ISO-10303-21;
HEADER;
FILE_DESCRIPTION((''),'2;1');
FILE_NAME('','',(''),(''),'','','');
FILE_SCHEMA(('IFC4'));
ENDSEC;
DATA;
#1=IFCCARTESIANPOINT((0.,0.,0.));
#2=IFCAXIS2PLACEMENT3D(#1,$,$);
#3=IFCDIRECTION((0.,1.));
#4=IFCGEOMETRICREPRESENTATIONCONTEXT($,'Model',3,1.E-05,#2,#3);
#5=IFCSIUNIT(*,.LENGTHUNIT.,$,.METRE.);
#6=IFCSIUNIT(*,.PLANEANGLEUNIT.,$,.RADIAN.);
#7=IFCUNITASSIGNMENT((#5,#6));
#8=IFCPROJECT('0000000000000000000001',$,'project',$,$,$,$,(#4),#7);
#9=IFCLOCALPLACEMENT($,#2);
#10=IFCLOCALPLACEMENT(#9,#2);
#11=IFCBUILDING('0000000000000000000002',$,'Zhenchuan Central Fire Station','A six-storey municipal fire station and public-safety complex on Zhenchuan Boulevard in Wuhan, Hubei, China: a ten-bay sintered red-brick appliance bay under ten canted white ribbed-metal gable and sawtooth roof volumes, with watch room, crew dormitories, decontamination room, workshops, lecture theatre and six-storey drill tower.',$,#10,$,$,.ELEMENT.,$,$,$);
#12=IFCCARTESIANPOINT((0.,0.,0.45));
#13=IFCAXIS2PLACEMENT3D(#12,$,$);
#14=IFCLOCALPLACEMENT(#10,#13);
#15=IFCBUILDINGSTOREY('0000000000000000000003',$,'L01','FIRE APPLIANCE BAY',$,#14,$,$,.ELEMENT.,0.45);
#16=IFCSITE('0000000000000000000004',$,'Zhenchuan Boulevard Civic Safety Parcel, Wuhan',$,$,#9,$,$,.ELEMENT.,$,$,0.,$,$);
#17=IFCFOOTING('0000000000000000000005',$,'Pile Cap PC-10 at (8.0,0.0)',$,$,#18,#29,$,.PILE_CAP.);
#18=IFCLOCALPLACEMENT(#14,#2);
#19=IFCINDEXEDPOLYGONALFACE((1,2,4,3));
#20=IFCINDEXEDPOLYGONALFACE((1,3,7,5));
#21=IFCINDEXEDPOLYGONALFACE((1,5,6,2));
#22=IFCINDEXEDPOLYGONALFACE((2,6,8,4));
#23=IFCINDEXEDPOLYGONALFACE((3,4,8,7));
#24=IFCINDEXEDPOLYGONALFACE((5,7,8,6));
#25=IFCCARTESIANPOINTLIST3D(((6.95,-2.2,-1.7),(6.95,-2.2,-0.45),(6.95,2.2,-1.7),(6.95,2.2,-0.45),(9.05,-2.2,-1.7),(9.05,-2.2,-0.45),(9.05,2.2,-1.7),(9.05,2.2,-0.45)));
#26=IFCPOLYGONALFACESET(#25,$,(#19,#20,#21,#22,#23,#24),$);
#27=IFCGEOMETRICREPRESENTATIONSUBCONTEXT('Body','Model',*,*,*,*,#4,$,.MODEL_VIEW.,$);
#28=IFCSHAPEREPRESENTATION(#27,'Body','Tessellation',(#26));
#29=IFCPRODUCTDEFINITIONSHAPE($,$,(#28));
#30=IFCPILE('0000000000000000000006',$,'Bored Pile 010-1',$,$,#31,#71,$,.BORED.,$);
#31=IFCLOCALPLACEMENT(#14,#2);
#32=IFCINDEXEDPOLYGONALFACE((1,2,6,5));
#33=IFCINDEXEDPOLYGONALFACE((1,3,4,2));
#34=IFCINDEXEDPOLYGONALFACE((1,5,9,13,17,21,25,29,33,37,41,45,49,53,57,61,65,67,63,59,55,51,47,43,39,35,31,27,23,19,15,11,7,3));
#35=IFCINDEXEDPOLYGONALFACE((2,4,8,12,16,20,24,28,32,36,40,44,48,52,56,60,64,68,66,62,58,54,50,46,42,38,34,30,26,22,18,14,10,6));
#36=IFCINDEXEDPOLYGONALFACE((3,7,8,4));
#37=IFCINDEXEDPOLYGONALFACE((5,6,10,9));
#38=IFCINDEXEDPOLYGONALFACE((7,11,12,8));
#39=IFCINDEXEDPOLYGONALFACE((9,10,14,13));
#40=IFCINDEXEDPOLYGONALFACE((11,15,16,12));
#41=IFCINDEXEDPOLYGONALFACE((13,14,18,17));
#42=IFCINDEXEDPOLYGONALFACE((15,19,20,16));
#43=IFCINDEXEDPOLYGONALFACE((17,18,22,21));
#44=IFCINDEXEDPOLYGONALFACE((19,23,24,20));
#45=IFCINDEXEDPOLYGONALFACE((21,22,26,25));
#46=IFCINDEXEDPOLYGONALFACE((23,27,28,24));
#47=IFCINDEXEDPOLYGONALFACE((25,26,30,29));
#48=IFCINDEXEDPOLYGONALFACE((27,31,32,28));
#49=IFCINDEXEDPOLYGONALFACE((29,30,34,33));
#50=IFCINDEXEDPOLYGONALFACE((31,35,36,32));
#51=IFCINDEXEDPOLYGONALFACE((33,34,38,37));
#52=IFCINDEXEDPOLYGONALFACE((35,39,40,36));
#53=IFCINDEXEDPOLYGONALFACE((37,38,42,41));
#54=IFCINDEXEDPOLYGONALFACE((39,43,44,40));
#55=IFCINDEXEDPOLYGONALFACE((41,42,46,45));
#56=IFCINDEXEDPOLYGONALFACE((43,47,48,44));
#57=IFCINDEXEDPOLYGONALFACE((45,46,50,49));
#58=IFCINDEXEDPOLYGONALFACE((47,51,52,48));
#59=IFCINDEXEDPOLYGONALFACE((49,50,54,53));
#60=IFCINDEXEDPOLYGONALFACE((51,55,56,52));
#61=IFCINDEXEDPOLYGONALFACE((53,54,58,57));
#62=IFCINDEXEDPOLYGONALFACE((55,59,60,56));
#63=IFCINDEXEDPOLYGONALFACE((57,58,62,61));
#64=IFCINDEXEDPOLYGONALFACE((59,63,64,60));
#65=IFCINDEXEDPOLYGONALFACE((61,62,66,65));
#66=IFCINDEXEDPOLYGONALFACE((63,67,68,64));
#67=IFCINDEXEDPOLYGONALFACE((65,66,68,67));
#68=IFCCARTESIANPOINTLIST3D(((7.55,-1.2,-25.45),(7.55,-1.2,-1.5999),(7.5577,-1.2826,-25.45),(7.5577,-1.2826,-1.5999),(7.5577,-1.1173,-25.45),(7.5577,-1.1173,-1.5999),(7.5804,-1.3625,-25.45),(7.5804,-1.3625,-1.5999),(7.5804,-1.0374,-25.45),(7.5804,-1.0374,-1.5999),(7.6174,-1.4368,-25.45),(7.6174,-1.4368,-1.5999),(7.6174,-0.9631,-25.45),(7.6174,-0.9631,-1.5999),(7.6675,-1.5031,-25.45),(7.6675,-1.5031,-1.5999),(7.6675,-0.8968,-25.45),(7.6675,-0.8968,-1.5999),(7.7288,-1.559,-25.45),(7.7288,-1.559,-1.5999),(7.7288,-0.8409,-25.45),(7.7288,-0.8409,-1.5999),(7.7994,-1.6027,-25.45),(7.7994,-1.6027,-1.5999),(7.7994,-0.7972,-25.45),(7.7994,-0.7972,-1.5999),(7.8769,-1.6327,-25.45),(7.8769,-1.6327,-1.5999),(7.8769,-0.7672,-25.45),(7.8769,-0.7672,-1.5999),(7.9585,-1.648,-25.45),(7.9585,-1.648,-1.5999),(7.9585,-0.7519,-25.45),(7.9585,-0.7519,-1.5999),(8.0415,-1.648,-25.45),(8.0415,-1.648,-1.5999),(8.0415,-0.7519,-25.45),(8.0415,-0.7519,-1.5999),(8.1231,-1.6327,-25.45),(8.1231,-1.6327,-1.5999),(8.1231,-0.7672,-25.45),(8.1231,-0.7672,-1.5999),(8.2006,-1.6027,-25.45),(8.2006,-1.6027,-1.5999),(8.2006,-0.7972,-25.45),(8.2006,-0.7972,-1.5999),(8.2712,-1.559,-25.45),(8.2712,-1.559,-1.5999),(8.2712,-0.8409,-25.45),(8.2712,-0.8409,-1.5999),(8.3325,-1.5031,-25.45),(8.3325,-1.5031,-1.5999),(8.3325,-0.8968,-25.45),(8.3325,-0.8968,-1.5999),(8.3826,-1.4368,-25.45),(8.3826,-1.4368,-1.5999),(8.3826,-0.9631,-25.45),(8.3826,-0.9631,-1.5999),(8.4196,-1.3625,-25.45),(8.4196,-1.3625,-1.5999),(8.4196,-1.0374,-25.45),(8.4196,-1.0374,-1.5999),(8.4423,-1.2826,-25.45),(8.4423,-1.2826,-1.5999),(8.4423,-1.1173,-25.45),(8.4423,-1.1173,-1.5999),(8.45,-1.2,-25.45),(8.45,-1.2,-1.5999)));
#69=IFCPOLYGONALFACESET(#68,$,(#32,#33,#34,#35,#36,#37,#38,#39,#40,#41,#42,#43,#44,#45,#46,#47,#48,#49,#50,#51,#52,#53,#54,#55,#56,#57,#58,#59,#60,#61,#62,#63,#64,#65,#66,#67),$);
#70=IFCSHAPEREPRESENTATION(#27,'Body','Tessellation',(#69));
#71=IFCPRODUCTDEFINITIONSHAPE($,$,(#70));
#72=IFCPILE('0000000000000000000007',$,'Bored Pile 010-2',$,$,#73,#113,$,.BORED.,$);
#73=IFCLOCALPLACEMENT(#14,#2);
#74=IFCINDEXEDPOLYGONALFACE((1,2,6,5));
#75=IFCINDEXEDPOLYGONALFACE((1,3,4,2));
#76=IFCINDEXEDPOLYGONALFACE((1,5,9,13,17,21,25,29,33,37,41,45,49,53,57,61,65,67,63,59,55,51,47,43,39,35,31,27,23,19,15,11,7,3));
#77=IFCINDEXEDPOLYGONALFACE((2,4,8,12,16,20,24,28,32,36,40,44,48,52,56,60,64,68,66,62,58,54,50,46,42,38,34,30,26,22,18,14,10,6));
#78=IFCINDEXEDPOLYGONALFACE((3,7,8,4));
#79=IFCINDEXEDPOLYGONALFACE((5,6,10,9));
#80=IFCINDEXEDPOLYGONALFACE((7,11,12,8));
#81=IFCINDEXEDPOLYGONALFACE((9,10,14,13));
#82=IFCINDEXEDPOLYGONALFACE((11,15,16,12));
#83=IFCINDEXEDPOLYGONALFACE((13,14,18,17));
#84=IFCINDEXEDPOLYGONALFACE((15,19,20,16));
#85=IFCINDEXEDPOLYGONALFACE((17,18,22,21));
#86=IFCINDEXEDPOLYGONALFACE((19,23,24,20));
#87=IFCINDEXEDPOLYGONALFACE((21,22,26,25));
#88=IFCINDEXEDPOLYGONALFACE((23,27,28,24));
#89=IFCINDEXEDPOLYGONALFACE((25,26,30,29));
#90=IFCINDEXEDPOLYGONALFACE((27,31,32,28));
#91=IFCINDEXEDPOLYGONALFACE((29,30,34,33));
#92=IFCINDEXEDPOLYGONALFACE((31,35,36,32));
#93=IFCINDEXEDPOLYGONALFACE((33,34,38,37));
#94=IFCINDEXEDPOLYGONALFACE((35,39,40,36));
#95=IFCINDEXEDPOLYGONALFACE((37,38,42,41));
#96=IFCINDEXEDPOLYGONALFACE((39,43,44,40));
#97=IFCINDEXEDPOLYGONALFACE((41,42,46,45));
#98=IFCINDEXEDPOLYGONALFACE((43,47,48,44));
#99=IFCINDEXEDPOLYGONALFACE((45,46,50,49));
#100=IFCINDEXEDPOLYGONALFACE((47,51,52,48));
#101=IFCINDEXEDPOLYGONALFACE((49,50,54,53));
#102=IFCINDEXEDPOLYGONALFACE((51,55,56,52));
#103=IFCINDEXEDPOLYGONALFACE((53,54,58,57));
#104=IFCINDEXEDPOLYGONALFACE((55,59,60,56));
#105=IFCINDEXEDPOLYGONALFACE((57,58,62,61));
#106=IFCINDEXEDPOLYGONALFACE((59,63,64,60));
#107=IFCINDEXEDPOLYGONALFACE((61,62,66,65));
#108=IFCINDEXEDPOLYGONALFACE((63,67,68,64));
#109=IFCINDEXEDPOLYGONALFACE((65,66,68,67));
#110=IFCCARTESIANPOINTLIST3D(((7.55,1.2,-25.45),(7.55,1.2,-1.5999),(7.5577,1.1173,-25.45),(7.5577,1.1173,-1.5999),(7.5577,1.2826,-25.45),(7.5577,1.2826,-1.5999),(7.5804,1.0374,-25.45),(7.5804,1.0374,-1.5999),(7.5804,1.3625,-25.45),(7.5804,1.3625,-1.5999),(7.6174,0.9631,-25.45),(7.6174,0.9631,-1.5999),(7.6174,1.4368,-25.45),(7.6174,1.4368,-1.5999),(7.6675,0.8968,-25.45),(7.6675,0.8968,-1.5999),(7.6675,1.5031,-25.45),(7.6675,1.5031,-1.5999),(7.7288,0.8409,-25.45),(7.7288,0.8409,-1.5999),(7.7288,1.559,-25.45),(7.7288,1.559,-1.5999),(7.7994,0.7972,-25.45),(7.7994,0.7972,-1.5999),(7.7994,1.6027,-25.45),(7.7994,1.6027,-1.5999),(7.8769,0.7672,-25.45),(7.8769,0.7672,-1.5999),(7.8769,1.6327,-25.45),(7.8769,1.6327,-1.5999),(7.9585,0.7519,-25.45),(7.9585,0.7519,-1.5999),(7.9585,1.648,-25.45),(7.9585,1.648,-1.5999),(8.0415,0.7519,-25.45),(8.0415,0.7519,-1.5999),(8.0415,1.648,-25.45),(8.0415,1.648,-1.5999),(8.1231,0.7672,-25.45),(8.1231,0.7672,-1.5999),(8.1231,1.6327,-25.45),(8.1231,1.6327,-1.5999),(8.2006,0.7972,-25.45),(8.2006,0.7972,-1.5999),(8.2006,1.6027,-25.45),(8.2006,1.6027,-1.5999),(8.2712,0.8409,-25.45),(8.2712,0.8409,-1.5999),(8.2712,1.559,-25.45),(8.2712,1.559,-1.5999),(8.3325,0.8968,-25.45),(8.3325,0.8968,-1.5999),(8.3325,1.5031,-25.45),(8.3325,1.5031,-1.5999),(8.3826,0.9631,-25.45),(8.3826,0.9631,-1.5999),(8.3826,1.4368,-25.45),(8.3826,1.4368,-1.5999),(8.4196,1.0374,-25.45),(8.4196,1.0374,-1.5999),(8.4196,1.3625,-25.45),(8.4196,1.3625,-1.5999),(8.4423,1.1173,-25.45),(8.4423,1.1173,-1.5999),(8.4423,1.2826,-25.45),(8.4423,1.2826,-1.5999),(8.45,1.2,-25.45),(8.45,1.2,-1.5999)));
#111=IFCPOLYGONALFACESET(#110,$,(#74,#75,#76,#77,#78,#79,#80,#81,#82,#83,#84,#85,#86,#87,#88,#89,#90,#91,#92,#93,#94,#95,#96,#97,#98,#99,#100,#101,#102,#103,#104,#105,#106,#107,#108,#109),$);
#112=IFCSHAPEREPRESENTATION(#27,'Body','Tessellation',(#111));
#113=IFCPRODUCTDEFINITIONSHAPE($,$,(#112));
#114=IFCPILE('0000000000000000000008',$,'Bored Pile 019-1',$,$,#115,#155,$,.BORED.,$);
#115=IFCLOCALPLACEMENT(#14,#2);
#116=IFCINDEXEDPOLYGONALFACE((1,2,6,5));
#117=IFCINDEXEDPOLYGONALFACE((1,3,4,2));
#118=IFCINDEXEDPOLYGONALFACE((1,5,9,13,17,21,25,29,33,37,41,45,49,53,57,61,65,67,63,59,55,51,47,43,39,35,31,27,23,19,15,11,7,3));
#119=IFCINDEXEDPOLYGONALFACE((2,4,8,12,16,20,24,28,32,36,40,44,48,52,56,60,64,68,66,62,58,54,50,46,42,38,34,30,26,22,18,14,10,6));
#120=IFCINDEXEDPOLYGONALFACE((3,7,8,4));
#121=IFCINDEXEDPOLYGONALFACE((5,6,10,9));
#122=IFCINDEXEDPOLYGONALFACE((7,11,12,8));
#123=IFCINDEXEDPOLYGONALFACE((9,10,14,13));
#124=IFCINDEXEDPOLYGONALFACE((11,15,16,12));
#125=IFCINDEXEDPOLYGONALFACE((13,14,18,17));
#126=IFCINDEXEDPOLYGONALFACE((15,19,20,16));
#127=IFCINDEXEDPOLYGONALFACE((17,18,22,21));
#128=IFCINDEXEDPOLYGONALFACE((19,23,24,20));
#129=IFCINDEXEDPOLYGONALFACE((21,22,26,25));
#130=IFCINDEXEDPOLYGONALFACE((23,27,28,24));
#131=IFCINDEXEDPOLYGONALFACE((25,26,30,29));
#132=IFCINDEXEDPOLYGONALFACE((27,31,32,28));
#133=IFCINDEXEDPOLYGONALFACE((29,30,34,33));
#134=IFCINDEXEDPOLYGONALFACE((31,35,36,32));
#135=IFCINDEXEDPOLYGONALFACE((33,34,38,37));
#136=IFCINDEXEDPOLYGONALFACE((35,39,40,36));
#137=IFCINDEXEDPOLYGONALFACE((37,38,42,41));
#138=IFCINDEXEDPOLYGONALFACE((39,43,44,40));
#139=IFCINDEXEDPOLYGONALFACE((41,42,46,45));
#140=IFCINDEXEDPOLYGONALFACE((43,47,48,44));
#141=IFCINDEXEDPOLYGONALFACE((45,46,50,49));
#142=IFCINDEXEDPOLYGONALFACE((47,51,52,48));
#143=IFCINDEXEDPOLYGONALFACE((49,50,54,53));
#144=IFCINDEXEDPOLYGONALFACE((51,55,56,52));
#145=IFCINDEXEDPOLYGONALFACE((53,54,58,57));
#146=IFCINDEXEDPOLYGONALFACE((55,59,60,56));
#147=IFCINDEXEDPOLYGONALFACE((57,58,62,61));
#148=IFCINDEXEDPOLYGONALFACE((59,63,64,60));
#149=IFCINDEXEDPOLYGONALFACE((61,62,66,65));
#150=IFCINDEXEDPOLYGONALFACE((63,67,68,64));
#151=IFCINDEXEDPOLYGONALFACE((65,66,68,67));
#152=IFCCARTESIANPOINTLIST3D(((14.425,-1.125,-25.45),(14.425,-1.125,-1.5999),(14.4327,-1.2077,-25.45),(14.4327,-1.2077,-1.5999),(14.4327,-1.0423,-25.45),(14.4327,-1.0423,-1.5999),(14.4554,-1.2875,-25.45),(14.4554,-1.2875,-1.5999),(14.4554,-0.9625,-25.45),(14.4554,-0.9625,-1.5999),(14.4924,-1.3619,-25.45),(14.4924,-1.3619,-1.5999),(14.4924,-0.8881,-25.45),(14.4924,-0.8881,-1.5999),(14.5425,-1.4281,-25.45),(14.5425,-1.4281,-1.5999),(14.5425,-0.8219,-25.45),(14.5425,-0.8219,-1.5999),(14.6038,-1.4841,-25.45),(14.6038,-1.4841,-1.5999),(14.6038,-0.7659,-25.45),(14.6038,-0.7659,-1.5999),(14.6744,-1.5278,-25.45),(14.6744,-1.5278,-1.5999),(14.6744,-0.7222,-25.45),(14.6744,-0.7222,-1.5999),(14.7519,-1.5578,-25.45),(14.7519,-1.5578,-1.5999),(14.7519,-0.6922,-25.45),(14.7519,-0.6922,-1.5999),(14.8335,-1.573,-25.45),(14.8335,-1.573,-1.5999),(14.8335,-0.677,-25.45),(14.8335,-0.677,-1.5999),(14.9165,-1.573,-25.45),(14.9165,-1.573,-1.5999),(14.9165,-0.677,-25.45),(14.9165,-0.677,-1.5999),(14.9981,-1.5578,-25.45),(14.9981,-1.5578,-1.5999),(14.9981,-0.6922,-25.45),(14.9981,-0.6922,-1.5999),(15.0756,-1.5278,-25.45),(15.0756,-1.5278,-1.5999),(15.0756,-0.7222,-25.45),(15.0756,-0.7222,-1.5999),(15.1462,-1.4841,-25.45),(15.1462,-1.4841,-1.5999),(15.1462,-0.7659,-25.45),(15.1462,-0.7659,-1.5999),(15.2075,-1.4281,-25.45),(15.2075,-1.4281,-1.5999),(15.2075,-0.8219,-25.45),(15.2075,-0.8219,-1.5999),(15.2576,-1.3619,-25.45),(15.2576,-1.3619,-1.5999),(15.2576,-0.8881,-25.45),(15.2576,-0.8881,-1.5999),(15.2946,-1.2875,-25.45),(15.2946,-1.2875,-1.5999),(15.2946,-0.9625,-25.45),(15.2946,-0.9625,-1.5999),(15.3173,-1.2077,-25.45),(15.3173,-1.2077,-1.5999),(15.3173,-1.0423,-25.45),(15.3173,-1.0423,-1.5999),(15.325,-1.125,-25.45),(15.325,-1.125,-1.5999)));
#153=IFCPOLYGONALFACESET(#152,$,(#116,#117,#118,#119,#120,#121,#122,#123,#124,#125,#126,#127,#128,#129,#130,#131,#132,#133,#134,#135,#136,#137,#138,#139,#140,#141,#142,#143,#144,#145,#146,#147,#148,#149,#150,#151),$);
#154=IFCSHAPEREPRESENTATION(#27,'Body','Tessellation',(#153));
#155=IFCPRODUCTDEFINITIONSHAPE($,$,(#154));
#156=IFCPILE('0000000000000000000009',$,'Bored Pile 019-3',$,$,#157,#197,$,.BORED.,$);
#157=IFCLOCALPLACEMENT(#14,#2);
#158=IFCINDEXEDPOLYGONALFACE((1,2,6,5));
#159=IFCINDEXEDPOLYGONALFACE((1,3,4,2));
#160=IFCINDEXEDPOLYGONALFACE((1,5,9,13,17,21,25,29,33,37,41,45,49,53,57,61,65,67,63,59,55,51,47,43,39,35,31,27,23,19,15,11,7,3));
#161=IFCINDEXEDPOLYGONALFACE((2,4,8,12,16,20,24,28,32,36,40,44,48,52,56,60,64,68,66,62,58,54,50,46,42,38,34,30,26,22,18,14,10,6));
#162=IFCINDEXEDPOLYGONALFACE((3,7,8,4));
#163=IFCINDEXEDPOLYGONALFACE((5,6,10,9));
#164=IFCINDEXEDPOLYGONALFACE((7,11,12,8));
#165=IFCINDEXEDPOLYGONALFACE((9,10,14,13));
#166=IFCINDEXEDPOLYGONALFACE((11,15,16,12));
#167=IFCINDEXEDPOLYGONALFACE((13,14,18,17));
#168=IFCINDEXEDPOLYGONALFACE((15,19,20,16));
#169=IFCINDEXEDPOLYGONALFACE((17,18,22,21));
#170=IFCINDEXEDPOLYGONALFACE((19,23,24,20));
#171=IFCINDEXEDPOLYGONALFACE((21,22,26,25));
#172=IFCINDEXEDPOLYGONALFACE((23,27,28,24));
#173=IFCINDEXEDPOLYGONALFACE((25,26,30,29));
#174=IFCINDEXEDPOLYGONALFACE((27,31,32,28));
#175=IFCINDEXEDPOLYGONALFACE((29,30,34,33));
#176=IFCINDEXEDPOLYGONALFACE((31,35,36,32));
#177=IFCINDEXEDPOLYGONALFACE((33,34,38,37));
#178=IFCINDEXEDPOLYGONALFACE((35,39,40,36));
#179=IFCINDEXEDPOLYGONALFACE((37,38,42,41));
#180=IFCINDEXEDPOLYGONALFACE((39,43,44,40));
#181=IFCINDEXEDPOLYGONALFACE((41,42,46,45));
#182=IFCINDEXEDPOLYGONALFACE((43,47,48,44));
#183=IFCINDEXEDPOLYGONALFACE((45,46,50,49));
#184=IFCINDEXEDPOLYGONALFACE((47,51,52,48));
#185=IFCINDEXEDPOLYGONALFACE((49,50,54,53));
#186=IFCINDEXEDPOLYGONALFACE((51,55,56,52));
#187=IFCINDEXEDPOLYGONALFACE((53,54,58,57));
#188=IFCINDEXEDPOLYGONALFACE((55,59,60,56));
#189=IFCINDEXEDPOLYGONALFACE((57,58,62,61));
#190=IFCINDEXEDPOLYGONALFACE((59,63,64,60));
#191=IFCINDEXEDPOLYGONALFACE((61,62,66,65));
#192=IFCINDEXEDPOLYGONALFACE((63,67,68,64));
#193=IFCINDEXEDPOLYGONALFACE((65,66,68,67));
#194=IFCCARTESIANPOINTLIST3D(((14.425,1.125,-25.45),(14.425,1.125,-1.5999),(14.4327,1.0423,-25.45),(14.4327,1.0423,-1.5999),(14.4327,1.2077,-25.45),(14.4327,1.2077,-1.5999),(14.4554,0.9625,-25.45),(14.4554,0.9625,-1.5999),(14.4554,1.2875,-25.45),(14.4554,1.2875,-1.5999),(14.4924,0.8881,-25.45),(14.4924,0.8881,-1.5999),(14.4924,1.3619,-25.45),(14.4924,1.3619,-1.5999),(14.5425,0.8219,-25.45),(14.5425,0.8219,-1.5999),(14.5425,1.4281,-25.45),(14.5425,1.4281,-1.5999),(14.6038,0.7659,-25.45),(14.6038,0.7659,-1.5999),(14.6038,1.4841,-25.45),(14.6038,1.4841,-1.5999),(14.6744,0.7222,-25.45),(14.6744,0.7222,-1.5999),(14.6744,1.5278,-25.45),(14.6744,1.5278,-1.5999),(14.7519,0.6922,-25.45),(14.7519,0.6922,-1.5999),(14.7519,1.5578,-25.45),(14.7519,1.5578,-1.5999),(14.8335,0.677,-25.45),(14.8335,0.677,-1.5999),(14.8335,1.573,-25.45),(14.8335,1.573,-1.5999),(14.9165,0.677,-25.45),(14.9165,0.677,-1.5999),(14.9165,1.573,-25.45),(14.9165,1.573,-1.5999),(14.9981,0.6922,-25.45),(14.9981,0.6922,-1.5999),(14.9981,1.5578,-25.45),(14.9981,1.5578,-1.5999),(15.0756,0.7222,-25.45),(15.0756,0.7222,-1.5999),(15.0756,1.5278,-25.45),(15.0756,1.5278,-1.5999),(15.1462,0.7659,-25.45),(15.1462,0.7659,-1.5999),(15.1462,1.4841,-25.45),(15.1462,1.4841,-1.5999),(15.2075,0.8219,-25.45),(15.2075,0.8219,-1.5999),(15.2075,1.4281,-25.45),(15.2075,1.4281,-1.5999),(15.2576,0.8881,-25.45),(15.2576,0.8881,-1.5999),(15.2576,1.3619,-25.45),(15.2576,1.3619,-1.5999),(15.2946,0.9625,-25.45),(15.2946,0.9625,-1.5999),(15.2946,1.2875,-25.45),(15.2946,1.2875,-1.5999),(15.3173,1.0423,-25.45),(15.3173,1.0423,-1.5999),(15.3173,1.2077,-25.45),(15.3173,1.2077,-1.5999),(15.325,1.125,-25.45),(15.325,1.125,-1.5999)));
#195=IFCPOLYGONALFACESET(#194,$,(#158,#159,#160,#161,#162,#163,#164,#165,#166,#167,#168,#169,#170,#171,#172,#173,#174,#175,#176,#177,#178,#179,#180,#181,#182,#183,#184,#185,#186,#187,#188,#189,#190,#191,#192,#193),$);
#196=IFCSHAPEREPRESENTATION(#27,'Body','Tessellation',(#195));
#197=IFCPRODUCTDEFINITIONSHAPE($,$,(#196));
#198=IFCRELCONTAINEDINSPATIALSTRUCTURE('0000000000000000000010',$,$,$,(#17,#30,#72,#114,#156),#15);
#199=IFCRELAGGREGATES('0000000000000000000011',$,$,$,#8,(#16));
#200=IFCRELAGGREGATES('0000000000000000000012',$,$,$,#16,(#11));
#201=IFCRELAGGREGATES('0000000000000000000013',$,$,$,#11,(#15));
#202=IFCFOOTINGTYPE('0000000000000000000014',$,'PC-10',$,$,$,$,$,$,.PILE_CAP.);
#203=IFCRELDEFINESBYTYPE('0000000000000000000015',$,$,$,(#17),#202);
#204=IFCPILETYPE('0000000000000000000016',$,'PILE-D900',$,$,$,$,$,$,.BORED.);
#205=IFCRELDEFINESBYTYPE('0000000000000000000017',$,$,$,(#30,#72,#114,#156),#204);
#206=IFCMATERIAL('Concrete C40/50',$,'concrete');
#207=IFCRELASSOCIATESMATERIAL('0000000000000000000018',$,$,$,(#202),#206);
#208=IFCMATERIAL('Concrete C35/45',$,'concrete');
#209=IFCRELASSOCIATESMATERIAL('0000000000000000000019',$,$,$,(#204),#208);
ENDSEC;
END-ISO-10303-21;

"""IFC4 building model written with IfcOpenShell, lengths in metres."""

from ifc_helpers import new_model, si_unit, direction, frame, origin, origin_2d, place, context, subcontext, project, spatial, rectangle, circle, extrude, material, material_profile, profile_set, type_object, element, save


model = new_model("IFC4")

# Units and contexts
model_context = context("Model", 3, precision=1e-05, world=origin(), true_north=direction((0.0, 1.0)))
body_context = subcontext(model_context, "Body", "Model", "MODEL_VIEW")
ifc_project = project(units=[si_unit("LENGTHUNIT", "METRE"), si_unit("PLANEANGLEUNIT", "RADIAN")], contexts=[model_context])

# Site, building, storey
site_placement = place(None, origin())
site = spatial("IfcSite", under=ifc_project, at=site_placement, Name="Zhenchuan Boulevard Civic Safety Parcel, Wuhan", CompositionType="ELEMENT", RefElevation=0.0)
building_placement = place(site_placement, origin())
building = spatial("IfcBuilding", under=site, at=building_placement, Name="Zhenchuan Central Fire Station", Description="A six-storey municipal fire station and public-safety complex on Zhenchuan Boulevard in Wuhan, Hubei, China: a ten-bay sintered red-brick appliance bay under ten canted white ribbed-metal gable and sawtooth roof volumes, with watch room, crew dormitories, decontamination room, workshops, lecture theatre and six-storey drill tower.", CompositionType="ELEMENT")
storey_placement = place(building_placement, frame((0.0, 0.0, 0.45)))
storey = spatial("IfcBuildingStorey", under=building, at=storey_placement, Name="L01", Description="FIRE APPLIANCE BAY", CompositionType="ELEMENT", Elevation=0.45)

# Footing
ifc_material_1 = material(Name="Concrete C40/50", Category="concrete")
footing_type = type_object("IfcFootingType", Name="PC-10", PredefinedType="PILE_CAP", material=ifc_material_1)
footing_placement = place(storey_placement, frame((8.0, 0.0, -1.7), z_axis=(0.0, 0.0, 1.0), x_axis=(1.0, 0.0, 0.0)))
element("IfcFooting", 1, at=footing_placement, inside=storey, type_object=footing_type, Name="Pile Cap PC-10 at (8.0,0.0)", PredefinedType="PILE_CAP", context=body_context, shape_type="SweptSolid", body=[
    extrude(rectangle(XDim=2.1001, YDim=4.3999, at=origin_2d()), origin(), (0.0, 0.0, 1.0), 1.25),
])

# Piles
ifc_material_2 = material(Name="Concrete C35/45", Category="concrete")
ifc_material_profile_1 = material_profile(ifc_material_2, circle(Radius=0.45, at=origin_2d()), Name="PILE D900")
ifc_profile_set_1 = profile_set([ifc_material_profile_1], Name="Concrete C35/45")
pile_type = type_object("IfcPileType", Name="PILE-D900", PredefinedType="BORED", material=ifc_profile_set_1)
for number, where, z_axis, x_axis, name in (
    (2, (8.0, -1.2, -1.5999), (0.0, 0.0, -1.0), (1.0, 0.0, 0.0), "Bored Pile 010-1"),
    (3, (8.0, 1.2, -1.5999), (0.0, 0.0, -1.0), (1.0, 0.0, 0.0), "Bored Pile 010-2"),
    (4, (14.875, -1.125, -1.5999), (0.0, 0.0, -1.0), (1.0, 0.0, 0.0), "Bored Pile 019-1"),
    (5, (14.875, 1.125, -1.5999), (0.0, 0.0, -1.0), (1.0, 0.0, 0.0), "Bored Pile 019-3"),
):
    element("IfcPile", number, at=place(storey_placement, frame(where, z_axis=z_axis, x_axis=x_axis)), inside=storey, type_object=pile_type, Name=name, PredefinedType="BORED", context=body_context, shape_type="SweptSolid", body=[
        extrude(circle(Radius=0.45, at=origin_2d()), origin(), (0.0, 0.0, 1.0), 23.8501),
    ])

save(model, "model.ifc")
